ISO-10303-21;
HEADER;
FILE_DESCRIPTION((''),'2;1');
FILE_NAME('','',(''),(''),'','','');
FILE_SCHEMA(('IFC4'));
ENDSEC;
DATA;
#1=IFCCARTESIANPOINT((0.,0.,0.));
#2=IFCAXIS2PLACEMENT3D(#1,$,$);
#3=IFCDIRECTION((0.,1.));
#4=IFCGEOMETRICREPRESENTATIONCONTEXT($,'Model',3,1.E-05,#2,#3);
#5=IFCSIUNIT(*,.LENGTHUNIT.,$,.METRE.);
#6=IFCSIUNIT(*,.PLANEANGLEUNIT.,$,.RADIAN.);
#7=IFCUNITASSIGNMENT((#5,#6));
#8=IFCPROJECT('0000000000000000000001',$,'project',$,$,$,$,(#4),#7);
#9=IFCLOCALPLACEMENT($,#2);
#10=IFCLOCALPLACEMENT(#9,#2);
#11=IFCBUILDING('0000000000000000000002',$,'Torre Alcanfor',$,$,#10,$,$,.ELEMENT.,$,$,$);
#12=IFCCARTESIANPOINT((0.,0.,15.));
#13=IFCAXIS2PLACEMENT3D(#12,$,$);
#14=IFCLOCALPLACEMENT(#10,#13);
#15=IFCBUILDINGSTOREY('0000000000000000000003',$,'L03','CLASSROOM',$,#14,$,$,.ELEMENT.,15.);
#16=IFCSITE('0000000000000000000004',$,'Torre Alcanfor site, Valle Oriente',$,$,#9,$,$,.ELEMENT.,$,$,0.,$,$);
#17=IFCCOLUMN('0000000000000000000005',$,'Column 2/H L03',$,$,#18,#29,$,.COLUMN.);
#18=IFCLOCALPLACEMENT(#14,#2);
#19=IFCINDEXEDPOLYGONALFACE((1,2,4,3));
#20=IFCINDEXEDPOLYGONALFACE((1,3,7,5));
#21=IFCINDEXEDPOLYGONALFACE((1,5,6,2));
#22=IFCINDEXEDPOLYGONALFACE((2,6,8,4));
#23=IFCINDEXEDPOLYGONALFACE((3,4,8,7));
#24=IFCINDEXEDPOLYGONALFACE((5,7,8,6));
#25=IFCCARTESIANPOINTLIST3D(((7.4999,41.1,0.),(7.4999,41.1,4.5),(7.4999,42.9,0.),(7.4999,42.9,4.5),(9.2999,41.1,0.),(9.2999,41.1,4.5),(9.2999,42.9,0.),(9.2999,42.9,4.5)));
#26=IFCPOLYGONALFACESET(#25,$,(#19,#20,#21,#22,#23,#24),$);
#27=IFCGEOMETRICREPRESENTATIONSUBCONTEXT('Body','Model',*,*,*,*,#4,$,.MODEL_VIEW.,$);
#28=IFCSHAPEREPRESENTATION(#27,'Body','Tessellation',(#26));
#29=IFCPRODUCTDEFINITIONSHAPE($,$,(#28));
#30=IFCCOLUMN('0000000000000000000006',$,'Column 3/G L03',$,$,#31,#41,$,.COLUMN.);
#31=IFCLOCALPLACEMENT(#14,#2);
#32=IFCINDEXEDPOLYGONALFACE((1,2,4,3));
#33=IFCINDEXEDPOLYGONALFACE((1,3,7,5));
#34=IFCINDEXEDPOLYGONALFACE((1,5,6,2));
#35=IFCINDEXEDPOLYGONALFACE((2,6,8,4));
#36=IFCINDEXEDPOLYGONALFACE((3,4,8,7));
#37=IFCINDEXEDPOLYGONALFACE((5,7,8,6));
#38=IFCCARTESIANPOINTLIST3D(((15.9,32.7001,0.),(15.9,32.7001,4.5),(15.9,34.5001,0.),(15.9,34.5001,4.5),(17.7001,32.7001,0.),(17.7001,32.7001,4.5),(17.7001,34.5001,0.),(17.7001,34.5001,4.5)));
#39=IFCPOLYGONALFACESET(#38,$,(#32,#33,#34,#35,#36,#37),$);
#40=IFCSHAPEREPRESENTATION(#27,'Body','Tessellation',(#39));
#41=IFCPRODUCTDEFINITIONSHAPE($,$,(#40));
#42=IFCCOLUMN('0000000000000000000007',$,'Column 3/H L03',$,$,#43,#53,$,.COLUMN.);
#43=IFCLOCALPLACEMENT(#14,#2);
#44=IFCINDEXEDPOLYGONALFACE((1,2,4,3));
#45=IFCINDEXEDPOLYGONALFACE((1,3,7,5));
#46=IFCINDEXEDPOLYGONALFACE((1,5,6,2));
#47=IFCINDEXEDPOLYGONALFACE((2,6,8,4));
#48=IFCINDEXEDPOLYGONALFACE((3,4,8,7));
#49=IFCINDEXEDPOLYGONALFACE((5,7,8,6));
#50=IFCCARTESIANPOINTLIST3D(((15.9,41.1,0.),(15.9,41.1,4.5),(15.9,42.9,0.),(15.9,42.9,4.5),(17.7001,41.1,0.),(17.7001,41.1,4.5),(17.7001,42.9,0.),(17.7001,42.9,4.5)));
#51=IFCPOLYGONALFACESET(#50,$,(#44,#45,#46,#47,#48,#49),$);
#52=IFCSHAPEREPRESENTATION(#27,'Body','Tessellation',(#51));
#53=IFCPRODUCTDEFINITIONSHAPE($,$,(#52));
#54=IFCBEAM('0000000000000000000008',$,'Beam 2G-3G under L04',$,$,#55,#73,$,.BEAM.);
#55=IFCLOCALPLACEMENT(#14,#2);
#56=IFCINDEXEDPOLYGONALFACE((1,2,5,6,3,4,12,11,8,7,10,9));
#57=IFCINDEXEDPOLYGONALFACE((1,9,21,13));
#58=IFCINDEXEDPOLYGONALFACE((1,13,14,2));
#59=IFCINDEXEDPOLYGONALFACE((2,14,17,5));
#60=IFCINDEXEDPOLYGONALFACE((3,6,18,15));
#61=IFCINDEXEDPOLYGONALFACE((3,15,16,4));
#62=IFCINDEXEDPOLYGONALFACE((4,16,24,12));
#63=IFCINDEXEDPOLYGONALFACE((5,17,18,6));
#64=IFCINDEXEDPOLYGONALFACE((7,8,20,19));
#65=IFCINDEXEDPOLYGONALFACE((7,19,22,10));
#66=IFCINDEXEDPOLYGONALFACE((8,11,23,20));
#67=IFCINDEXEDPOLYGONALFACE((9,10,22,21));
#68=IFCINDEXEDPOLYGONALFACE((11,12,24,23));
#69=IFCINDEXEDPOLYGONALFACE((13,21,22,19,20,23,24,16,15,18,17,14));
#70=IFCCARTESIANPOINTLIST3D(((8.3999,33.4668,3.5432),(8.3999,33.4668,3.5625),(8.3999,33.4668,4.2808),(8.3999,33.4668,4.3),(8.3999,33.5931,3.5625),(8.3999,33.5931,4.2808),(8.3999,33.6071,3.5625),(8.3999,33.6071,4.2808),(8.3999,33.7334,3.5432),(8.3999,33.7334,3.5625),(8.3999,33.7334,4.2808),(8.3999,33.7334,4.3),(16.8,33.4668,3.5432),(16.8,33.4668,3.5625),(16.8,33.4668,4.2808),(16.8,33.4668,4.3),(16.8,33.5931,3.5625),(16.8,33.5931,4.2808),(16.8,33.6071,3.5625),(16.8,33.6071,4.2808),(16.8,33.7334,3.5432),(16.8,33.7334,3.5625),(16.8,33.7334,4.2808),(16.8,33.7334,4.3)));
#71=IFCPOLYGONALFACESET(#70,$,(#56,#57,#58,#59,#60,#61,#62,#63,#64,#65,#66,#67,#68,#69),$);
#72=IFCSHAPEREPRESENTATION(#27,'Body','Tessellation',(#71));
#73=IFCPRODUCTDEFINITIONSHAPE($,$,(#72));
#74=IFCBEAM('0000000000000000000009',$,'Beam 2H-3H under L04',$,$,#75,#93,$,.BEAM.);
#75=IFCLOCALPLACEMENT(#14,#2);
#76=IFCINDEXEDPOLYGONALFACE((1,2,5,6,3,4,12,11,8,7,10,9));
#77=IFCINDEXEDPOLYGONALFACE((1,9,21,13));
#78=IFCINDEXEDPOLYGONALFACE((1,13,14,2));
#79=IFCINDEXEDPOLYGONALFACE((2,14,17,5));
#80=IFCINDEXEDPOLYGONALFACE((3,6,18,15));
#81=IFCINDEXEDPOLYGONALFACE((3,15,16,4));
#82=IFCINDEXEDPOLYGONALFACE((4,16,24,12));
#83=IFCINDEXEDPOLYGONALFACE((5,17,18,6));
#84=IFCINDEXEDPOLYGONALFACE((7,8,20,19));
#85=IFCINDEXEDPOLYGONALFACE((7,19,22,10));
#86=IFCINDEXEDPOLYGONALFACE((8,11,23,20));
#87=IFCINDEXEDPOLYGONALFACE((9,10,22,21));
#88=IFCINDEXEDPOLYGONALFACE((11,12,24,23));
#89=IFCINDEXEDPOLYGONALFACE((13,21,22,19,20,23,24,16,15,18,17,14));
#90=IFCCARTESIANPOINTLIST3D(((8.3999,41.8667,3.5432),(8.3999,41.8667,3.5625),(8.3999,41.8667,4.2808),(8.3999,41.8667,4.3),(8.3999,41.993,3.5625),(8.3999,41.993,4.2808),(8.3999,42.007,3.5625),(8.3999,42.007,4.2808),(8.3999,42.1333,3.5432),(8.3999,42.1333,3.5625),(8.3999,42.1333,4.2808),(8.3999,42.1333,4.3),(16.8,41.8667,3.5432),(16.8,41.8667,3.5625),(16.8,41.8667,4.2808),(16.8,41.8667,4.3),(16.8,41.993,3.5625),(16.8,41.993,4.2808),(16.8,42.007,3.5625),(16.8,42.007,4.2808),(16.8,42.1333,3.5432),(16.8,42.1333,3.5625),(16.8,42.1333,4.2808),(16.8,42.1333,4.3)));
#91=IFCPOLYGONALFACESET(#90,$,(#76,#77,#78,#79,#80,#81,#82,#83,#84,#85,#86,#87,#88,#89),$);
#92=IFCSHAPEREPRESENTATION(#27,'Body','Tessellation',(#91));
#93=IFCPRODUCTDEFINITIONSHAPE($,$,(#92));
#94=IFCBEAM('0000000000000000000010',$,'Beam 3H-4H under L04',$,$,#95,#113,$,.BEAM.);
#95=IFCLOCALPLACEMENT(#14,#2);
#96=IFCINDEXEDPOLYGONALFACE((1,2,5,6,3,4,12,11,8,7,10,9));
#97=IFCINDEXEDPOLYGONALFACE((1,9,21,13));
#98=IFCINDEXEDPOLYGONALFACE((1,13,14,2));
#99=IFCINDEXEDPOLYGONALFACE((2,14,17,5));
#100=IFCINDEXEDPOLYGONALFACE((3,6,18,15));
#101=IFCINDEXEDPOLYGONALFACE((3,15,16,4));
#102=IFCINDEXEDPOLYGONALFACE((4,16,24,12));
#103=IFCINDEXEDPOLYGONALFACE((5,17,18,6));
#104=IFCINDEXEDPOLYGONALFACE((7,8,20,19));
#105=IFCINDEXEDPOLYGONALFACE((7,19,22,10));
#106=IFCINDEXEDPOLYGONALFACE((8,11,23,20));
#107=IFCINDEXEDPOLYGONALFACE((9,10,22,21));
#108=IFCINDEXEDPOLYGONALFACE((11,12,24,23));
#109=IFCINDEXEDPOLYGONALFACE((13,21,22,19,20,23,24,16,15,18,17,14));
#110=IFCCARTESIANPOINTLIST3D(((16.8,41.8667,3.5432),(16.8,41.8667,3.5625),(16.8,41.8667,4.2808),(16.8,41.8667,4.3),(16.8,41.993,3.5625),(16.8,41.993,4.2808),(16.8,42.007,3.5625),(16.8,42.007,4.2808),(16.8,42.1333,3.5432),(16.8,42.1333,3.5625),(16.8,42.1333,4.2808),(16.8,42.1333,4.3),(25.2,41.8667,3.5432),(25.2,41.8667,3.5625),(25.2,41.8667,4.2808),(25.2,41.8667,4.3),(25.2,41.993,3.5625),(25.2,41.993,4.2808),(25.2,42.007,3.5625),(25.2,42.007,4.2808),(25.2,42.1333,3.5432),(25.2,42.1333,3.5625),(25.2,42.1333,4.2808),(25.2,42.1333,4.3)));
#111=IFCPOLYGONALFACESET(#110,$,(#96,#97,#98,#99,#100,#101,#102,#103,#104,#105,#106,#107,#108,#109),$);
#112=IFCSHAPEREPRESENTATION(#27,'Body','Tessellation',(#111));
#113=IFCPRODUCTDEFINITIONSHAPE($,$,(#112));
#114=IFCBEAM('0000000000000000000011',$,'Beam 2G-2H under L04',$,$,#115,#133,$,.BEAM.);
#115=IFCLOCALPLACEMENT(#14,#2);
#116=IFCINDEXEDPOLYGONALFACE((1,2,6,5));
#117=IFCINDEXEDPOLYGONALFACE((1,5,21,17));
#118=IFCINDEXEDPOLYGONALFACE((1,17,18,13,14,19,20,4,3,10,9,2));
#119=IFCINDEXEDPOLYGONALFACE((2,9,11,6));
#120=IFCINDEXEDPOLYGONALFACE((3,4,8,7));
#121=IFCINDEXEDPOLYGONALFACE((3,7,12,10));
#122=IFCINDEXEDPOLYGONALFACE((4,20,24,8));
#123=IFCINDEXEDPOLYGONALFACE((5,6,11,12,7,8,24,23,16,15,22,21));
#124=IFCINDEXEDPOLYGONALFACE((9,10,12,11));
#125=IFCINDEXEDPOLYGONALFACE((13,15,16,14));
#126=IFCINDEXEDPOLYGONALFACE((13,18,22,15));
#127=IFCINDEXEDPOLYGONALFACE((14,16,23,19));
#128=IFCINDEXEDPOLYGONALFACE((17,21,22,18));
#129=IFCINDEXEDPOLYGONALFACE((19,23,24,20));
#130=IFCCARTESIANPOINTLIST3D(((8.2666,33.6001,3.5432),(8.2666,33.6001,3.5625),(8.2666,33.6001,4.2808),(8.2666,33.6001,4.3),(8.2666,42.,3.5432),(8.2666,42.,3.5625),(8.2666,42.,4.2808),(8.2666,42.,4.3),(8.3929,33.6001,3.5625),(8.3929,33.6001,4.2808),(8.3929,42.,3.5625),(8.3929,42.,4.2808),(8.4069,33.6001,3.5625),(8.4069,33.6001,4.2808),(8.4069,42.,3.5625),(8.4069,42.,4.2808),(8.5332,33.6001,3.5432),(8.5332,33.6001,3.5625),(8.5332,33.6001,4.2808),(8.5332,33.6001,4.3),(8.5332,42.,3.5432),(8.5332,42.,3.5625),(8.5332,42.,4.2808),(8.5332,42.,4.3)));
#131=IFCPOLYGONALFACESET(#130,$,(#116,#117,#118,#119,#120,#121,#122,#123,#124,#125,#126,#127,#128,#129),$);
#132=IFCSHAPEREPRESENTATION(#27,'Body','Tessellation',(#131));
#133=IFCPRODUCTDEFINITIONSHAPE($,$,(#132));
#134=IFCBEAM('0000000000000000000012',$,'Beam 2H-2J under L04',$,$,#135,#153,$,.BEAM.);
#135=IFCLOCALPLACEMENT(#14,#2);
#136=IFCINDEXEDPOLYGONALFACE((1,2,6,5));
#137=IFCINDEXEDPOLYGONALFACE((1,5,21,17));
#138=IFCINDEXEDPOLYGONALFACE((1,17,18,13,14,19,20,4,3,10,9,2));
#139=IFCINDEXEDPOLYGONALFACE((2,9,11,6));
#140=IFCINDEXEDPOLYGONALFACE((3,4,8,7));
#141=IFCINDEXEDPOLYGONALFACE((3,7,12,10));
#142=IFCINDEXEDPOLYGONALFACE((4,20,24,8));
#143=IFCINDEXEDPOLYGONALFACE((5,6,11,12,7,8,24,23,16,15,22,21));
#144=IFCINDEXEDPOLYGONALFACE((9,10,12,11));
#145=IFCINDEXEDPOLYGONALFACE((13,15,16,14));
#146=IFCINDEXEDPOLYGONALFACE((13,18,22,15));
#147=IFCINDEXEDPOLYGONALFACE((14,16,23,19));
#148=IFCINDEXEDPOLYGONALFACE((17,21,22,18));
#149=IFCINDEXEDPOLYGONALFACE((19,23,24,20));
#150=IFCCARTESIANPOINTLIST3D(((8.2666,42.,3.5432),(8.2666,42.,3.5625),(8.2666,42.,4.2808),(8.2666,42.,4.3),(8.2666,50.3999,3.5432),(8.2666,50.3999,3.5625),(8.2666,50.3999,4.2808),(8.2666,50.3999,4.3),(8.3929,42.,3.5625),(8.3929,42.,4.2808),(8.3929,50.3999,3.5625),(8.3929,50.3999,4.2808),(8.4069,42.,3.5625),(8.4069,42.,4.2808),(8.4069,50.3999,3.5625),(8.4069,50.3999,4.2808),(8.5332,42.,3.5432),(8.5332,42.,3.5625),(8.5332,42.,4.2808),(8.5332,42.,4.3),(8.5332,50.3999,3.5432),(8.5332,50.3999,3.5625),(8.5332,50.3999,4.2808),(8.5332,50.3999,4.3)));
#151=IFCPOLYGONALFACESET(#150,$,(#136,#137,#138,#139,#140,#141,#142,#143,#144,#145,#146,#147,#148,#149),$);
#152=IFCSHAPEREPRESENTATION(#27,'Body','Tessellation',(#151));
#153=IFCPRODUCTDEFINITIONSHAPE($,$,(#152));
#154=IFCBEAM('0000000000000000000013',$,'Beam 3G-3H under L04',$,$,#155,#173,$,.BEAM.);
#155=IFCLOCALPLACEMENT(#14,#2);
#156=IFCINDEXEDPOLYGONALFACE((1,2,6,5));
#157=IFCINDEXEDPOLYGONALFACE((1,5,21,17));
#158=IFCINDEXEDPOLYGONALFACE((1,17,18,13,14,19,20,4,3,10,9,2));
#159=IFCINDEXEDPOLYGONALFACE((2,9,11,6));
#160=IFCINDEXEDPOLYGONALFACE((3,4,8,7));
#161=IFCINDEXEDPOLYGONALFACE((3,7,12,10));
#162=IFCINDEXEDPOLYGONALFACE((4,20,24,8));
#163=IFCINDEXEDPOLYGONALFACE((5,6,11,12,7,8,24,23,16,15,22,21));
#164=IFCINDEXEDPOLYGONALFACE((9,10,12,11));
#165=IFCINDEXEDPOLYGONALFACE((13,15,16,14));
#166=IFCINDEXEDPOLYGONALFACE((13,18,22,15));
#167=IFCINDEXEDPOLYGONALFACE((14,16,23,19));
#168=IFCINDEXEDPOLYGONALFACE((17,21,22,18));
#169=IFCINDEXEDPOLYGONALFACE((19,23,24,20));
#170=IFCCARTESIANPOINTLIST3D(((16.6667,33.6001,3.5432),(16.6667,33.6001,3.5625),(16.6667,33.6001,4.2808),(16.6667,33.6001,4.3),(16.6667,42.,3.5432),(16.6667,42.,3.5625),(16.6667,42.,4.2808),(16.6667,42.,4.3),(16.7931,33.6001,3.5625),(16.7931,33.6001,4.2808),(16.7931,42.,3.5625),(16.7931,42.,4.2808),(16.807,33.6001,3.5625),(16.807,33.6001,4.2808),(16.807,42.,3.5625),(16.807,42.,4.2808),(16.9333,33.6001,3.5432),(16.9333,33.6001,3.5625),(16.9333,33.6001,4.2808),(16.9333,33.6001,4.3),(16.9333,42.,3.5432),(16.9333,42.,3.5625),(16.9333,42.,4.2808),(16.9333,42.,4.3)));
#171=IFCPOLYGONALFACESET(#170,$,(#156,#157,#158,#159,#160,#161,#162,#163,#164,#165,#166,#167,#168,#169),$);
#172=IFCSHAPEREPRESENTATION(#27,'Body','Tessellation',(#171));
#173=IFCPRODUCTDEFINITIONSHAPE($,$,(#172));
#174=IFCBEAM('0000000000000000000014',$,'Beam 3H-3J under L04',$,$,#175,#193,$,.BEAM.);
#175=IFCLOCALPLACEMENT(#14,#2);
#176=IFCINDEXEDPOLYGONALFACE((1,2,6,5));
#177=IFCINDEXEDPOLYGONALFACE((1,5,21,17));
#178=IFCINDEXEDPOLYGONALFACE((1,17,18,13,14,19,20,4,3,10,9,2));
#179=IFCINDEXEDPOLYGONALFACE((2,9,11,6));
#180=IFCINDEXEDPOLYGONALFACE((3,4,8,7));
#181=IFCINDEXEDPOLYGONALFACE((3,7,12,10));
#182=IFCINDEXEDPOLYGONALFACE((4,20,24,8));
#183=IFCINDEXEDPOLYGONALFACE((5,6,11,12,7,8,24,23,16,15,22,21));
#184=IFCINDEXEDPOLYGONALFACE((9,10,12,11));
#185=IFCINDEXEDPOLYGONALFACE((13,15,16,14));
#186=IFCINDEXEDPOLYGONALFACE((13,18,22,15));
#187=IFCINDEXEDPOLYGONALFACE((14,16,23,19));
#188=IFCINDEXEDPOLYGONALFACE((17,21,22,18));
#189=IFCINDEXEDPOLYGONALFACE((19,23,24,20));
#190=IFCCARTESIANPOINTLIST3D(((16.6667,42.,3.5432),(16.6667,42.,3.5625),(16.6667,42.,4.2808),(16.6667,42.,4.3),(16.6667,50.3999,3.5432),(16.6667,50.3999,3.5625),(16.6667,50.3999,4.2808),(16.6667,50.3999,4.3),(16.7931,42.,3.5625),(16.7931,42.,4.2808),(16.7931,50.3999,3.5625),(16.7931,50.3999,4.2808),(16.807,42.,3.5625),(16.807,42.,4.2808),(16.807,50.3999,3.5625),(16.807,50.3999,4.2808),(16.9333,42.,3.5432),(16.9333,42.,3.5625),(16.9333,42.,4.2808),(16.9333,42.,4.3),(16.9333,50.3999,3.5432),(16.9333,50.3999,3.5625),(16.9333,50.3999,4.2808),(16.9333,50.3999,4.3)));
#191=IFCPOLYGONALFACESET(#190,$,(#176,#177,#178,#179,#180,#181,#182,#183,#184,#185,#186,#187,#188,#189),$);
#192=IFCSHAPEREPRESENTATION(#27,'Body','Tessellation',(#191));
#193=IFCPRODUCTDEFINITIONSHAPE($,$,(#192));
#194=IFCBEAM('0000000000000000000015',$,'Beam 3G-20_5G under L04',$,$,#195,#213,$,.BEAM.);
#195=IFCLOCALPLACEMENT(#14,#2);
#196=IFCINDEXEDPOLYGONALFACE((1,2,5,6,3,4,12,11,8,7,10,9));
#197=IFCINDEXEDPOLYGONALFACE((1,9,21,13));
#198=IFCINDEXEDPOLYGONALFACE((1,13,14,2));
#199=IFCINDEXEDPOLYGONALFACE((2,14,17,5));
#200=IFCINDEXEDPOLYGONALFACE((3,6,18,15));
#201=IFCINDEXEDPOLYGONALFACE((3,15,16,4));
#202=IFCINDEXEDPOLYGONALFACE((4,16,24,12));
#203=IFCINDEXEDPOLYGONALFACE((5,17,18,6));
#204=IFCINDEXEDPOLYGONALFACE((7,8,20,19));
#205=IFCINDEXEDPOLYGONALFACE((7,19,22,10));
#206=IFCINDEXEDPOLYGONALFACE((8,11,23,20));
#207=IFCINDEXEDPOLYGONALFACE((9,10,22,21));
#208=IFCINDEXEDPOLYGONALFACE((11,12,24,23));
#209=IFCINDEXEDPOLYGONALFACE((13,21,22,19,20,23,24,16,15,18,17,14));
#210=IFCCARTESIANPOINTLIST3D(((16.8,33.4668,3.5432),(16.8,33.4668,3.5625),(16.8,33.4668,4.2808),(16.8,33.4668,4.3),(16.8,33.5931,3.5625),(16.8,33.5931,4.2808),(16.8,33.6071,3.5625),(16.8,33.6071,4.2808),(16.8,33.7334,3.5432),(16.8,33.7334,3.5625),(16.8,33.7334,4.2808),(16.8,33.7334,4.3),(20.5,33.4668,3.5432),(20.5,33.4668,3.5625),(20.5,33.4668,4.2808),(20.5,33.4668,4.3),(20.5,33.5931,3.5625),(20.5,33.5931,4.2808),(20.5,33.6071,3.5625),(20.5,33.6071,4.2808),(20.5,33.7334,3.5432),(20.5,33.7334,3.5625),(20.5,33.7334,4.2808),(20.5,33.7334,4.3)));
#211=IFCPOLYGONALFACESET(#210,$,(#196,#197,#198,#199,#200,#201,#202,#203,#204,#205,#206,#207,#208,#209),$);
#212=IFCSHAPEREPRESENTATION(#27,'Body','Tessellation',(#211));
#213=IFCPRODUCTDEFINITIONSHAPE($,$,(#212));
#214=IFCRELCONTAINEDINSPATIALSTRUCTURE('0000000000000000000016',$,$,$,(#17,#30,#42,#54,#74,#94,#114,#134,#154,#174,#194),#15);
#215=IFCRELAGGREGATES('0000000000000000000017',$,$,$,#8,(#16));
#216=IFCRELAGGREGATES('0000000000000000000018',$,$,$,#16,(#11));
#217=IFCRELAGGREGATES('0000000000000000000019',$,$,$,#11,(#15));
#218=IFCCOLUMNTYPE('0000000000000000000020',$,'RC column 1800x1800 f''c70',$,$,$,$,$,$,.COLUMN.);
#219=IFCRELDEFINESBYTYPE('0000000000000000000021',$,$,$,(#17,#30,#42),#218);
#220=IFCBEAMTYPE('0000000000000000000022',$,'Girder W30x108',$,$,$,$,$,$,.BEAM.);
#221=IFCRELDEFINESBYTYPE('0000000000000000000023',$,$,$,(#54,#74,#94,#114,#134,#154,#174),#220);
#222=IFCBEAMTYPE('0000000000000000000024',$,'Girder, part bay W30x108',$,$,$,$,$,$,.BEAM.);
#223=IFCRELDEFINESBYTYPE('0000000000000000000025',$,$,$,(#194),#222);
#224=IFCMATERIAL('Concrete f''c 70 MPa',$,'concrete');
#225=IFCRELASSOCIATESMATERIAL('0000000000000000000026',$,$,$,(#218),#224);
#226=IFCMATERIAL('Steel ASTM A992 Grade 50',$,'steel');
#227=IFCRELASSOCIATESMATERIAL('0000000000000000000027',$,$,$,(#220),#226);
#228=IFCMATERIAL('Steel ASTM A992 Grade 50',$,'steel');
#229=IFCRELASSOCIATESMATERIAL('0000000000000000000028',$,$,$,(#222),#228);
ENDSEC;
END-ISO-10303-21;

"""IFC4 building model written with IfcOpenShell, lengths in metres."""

from ifc_helpers import new_model, si_unit, direction, frame, origin, origin_2d, place, context, subcontext, project, spatial, rectangle, i_section, extrude, material, material_profile, profile_set, type_object, element, save


model = new_model("IFC4")

# Units and contexts
model_context = context("Model", 3, precision=1e-05, world=origin(), true_north=direction((0.0, 1.0)))
body_context = subcontext(model_context, "Body", "Model", "MODEL_VIEW")
ifc_project = project(units=[si_unit("LENGTHUNIT", "METRE"), si_unit("PLANEANGLEUNIT", "RADIAN")], contexts=[model_context])

# Site, building, storey
site_placement = place(None, origin())
site = spatial("IfcSite", under=ifc_project, at=site_placement, Name="Torre Alcanfor site, Valle Oriente", CompositionType="ELEMENT", RefElevation=0.0)
building_placement = place(site_placement, origin())
building = spatial("IfcBuilding", under=site, at=building_placement, Name="Torre Alcanfor", CompositionType="ELEMENT")
storey_placement = place(building_placement, frame((0.0, 0.0, 15.0)))
storey = spatial("IfcBuildingStorey", under=building, at=storey_placement, Name="L03", Description="CLASSROOM", CompositionType="ELEMENT", Elevation=15.0)

# Columns
ifc_material_1 = material(Name="Concrete f'c 70 MPa", Category="concrete")
ifc_material_profile_1 = material_profile(ifc_material_1, rectangle(XDim=1.8, YDim=1.8, at=origin_2d()), Name="1800x1800")
ifc_profile_set_1 = profile_set([ifc_material_profile_1], Name="Concrete f'c 70 MPa")
column_type = type_object("IfcColumnType", Name="RC column 1800x1800 f'c70", PredefinedType="COLUMN", material=ifc_profile_set_1)
for number, where, z_axis, x_axis, name in (
    (1, (8.3999, 42.0, 0.0), (0.0, 0.0, 1.0), (1.0, 0.0, 0.0), "Column 2/H L03"),
    (2, (16.8, 33.6001, 0.0), (0.0, 0.0, 1.0), (1.0, 0.0, 0.0), "Column 3/G L03"),
    (3, (16.8, 42.0, 0.0), (0.0, 0.0, 1.0), (1.0, 0.0, 0.0), "Column 3/H L03"),
):
    element("IfcColumn", number, at=place(storey_placement, frame(where, z_axis=z_axis, x_axis=x_axis)), inside=storey, type_object=column_type, Name=name, PredefinedType="COLUMN", context=body_context, shape_type="SweptSolid", body=[
        extrude(rectangle(XDim=1.8, YDim=1.8, at=origin_2d()), origin(), (0.0, 0.0, 1.0), 4.5),
    ])

# Beams
ifc_material_2 = material(Name="Steel ASTM A992 Grade 50", Category="steel")
ifc_material_profile_2 = material_profile(ifc_material_2, i_section(OverallWidth=0.2666, OverallDepth=0.7568, WebThickness=0.0139, FlangeThickness=0.0193, at=origin_2d()), Name="W30x108")
ifc_profile_set_2 = profile_set([ifc_material_profile_2], Name="Steel ASTM A992 Grade 50")
beam_type_1 = type_object("IfcBeamType", Name="Girder W30x108", PredefinedType="BEAM", material=ifc_profile_set_2)
for number, where, z_axis, x_axis, name in (
    (4, (8.3999, 33.6001, 3.9216), (1.0, 0.0, 0.0), (0.0, 1.0, 0.0), "Beam 2G-3G under L04"),
    (5, (8.3999, 42.0, 3.9216), (1.0, 0.0, 0.0), (0.0, 1.0, 0.0), "Beam 2H-3H under L04"),
):
    element("IfcBeam", number, at=place(storey_placement, frame(where, z_axis=z_axis, x_axis=x_axis)), inside=storey, type_object=beam_type_1, Name=name, PredefinedType="BEAM", context=body_context, shape_type="SweptSolid", body=[
        extrude(i_section(OverallWidth=0.2666, OverallDepth=0.7568, WebThickness=0.0139, FlangeThickness=0.0193, at=origin_2d()), origin(), (0.0, 0.0, 1.0), 8.4001),
    ])
for number, where, z_axis, x_axis, name in (
    (6, (16.8, 42.0, 3.9216), (1.0, 0.0, 0.0), (0.0, 1.0, 0.0), "Beam 3H-4H under L04"),
    (7, (8.3999, 33.6001, 3.9216), (0.0, 1.0, 0.0), (-1.0, 0.0, 0.0), "Beam 2G-2H under L04"),
    (8, (8.3999, 42.0, 3.9216), (0.0, 1.0, 0.0), (-1.0, 0.0, 0.0), "Beam 2H-2J under L04"),
    (9, (16.8, 33.6001, 3.9216), (0.0, 1.0, 0.0), (-1.0, 0.0, 0.0), "Beam 3G-3H under L04"),
    (10, (16.8, 42.0, 3.9216), (0.0, 1.0, 0.0), (-1.0, 0.0, 0.0), "Beam 3H-3J under L04"),
):
    element("IfcBeam", number, at=place(storey_placement, frame(where, z_axis=z_axis, x_axis=x_axis)), inside=storey, type_object=beam_type_1, Name=name, PredefinedType="BEAM", context=body_context, shape_type="SweptSolid", body=[
        extrude(i_section(OverallWidth=0.2666, OverallDepth=0.7568, WebThickness=0.0139, FlangeThickness=0.0193, at=origin_2d()), origin(), (0.0, 0.0, 1.0), 8.3999),
    ])
ifc_material_3 = material(Name="Steel ASTM A992 Grade 50", Category="steel")
ifc_material_profile_3 = material_profile(ifc_material_3, i_section(OverallWidth=0.2666, OverallDepth=0.7568, WebThickness=0.0139, FlangeThickness=0.0193, at=origin_2d()), Name="W30x108")
ifc_profile_set_3 = profile_set([ifc_material_profile_3], Name="Steel ASTM A992 Grade 50")
beam_type_2 = type_object("IfcBeamType", Name="Girder, part bay W30x108", PredefinedType="BEAM", material=ifc_profile_set_3)
beam_1_placement = place(storey_placement, frame((16.8, 33.6001, 3.9216), z_axis=(1.0, 0.0, 0.0), x_axis=(0.0, 1.0, 0.0)))
element("IfcBeam", 11, at=beam_1_placement, inside=storey, type_object=beam_type_2, Name="Beam 3G-20_5G under L04", PredefinedType="BEAM", context=body_context, shape_type="SweptSolid", body=[
    extrude(i_section(OverallWidth=0.2666, OverallDepth=0.7568, WebThickness=0.0139, FlangeThickness=0.0193, at=origin_2d()), origin(), (0.0, 0.0, 1.0), 3.7),
])

save(model, "model.ifc")
